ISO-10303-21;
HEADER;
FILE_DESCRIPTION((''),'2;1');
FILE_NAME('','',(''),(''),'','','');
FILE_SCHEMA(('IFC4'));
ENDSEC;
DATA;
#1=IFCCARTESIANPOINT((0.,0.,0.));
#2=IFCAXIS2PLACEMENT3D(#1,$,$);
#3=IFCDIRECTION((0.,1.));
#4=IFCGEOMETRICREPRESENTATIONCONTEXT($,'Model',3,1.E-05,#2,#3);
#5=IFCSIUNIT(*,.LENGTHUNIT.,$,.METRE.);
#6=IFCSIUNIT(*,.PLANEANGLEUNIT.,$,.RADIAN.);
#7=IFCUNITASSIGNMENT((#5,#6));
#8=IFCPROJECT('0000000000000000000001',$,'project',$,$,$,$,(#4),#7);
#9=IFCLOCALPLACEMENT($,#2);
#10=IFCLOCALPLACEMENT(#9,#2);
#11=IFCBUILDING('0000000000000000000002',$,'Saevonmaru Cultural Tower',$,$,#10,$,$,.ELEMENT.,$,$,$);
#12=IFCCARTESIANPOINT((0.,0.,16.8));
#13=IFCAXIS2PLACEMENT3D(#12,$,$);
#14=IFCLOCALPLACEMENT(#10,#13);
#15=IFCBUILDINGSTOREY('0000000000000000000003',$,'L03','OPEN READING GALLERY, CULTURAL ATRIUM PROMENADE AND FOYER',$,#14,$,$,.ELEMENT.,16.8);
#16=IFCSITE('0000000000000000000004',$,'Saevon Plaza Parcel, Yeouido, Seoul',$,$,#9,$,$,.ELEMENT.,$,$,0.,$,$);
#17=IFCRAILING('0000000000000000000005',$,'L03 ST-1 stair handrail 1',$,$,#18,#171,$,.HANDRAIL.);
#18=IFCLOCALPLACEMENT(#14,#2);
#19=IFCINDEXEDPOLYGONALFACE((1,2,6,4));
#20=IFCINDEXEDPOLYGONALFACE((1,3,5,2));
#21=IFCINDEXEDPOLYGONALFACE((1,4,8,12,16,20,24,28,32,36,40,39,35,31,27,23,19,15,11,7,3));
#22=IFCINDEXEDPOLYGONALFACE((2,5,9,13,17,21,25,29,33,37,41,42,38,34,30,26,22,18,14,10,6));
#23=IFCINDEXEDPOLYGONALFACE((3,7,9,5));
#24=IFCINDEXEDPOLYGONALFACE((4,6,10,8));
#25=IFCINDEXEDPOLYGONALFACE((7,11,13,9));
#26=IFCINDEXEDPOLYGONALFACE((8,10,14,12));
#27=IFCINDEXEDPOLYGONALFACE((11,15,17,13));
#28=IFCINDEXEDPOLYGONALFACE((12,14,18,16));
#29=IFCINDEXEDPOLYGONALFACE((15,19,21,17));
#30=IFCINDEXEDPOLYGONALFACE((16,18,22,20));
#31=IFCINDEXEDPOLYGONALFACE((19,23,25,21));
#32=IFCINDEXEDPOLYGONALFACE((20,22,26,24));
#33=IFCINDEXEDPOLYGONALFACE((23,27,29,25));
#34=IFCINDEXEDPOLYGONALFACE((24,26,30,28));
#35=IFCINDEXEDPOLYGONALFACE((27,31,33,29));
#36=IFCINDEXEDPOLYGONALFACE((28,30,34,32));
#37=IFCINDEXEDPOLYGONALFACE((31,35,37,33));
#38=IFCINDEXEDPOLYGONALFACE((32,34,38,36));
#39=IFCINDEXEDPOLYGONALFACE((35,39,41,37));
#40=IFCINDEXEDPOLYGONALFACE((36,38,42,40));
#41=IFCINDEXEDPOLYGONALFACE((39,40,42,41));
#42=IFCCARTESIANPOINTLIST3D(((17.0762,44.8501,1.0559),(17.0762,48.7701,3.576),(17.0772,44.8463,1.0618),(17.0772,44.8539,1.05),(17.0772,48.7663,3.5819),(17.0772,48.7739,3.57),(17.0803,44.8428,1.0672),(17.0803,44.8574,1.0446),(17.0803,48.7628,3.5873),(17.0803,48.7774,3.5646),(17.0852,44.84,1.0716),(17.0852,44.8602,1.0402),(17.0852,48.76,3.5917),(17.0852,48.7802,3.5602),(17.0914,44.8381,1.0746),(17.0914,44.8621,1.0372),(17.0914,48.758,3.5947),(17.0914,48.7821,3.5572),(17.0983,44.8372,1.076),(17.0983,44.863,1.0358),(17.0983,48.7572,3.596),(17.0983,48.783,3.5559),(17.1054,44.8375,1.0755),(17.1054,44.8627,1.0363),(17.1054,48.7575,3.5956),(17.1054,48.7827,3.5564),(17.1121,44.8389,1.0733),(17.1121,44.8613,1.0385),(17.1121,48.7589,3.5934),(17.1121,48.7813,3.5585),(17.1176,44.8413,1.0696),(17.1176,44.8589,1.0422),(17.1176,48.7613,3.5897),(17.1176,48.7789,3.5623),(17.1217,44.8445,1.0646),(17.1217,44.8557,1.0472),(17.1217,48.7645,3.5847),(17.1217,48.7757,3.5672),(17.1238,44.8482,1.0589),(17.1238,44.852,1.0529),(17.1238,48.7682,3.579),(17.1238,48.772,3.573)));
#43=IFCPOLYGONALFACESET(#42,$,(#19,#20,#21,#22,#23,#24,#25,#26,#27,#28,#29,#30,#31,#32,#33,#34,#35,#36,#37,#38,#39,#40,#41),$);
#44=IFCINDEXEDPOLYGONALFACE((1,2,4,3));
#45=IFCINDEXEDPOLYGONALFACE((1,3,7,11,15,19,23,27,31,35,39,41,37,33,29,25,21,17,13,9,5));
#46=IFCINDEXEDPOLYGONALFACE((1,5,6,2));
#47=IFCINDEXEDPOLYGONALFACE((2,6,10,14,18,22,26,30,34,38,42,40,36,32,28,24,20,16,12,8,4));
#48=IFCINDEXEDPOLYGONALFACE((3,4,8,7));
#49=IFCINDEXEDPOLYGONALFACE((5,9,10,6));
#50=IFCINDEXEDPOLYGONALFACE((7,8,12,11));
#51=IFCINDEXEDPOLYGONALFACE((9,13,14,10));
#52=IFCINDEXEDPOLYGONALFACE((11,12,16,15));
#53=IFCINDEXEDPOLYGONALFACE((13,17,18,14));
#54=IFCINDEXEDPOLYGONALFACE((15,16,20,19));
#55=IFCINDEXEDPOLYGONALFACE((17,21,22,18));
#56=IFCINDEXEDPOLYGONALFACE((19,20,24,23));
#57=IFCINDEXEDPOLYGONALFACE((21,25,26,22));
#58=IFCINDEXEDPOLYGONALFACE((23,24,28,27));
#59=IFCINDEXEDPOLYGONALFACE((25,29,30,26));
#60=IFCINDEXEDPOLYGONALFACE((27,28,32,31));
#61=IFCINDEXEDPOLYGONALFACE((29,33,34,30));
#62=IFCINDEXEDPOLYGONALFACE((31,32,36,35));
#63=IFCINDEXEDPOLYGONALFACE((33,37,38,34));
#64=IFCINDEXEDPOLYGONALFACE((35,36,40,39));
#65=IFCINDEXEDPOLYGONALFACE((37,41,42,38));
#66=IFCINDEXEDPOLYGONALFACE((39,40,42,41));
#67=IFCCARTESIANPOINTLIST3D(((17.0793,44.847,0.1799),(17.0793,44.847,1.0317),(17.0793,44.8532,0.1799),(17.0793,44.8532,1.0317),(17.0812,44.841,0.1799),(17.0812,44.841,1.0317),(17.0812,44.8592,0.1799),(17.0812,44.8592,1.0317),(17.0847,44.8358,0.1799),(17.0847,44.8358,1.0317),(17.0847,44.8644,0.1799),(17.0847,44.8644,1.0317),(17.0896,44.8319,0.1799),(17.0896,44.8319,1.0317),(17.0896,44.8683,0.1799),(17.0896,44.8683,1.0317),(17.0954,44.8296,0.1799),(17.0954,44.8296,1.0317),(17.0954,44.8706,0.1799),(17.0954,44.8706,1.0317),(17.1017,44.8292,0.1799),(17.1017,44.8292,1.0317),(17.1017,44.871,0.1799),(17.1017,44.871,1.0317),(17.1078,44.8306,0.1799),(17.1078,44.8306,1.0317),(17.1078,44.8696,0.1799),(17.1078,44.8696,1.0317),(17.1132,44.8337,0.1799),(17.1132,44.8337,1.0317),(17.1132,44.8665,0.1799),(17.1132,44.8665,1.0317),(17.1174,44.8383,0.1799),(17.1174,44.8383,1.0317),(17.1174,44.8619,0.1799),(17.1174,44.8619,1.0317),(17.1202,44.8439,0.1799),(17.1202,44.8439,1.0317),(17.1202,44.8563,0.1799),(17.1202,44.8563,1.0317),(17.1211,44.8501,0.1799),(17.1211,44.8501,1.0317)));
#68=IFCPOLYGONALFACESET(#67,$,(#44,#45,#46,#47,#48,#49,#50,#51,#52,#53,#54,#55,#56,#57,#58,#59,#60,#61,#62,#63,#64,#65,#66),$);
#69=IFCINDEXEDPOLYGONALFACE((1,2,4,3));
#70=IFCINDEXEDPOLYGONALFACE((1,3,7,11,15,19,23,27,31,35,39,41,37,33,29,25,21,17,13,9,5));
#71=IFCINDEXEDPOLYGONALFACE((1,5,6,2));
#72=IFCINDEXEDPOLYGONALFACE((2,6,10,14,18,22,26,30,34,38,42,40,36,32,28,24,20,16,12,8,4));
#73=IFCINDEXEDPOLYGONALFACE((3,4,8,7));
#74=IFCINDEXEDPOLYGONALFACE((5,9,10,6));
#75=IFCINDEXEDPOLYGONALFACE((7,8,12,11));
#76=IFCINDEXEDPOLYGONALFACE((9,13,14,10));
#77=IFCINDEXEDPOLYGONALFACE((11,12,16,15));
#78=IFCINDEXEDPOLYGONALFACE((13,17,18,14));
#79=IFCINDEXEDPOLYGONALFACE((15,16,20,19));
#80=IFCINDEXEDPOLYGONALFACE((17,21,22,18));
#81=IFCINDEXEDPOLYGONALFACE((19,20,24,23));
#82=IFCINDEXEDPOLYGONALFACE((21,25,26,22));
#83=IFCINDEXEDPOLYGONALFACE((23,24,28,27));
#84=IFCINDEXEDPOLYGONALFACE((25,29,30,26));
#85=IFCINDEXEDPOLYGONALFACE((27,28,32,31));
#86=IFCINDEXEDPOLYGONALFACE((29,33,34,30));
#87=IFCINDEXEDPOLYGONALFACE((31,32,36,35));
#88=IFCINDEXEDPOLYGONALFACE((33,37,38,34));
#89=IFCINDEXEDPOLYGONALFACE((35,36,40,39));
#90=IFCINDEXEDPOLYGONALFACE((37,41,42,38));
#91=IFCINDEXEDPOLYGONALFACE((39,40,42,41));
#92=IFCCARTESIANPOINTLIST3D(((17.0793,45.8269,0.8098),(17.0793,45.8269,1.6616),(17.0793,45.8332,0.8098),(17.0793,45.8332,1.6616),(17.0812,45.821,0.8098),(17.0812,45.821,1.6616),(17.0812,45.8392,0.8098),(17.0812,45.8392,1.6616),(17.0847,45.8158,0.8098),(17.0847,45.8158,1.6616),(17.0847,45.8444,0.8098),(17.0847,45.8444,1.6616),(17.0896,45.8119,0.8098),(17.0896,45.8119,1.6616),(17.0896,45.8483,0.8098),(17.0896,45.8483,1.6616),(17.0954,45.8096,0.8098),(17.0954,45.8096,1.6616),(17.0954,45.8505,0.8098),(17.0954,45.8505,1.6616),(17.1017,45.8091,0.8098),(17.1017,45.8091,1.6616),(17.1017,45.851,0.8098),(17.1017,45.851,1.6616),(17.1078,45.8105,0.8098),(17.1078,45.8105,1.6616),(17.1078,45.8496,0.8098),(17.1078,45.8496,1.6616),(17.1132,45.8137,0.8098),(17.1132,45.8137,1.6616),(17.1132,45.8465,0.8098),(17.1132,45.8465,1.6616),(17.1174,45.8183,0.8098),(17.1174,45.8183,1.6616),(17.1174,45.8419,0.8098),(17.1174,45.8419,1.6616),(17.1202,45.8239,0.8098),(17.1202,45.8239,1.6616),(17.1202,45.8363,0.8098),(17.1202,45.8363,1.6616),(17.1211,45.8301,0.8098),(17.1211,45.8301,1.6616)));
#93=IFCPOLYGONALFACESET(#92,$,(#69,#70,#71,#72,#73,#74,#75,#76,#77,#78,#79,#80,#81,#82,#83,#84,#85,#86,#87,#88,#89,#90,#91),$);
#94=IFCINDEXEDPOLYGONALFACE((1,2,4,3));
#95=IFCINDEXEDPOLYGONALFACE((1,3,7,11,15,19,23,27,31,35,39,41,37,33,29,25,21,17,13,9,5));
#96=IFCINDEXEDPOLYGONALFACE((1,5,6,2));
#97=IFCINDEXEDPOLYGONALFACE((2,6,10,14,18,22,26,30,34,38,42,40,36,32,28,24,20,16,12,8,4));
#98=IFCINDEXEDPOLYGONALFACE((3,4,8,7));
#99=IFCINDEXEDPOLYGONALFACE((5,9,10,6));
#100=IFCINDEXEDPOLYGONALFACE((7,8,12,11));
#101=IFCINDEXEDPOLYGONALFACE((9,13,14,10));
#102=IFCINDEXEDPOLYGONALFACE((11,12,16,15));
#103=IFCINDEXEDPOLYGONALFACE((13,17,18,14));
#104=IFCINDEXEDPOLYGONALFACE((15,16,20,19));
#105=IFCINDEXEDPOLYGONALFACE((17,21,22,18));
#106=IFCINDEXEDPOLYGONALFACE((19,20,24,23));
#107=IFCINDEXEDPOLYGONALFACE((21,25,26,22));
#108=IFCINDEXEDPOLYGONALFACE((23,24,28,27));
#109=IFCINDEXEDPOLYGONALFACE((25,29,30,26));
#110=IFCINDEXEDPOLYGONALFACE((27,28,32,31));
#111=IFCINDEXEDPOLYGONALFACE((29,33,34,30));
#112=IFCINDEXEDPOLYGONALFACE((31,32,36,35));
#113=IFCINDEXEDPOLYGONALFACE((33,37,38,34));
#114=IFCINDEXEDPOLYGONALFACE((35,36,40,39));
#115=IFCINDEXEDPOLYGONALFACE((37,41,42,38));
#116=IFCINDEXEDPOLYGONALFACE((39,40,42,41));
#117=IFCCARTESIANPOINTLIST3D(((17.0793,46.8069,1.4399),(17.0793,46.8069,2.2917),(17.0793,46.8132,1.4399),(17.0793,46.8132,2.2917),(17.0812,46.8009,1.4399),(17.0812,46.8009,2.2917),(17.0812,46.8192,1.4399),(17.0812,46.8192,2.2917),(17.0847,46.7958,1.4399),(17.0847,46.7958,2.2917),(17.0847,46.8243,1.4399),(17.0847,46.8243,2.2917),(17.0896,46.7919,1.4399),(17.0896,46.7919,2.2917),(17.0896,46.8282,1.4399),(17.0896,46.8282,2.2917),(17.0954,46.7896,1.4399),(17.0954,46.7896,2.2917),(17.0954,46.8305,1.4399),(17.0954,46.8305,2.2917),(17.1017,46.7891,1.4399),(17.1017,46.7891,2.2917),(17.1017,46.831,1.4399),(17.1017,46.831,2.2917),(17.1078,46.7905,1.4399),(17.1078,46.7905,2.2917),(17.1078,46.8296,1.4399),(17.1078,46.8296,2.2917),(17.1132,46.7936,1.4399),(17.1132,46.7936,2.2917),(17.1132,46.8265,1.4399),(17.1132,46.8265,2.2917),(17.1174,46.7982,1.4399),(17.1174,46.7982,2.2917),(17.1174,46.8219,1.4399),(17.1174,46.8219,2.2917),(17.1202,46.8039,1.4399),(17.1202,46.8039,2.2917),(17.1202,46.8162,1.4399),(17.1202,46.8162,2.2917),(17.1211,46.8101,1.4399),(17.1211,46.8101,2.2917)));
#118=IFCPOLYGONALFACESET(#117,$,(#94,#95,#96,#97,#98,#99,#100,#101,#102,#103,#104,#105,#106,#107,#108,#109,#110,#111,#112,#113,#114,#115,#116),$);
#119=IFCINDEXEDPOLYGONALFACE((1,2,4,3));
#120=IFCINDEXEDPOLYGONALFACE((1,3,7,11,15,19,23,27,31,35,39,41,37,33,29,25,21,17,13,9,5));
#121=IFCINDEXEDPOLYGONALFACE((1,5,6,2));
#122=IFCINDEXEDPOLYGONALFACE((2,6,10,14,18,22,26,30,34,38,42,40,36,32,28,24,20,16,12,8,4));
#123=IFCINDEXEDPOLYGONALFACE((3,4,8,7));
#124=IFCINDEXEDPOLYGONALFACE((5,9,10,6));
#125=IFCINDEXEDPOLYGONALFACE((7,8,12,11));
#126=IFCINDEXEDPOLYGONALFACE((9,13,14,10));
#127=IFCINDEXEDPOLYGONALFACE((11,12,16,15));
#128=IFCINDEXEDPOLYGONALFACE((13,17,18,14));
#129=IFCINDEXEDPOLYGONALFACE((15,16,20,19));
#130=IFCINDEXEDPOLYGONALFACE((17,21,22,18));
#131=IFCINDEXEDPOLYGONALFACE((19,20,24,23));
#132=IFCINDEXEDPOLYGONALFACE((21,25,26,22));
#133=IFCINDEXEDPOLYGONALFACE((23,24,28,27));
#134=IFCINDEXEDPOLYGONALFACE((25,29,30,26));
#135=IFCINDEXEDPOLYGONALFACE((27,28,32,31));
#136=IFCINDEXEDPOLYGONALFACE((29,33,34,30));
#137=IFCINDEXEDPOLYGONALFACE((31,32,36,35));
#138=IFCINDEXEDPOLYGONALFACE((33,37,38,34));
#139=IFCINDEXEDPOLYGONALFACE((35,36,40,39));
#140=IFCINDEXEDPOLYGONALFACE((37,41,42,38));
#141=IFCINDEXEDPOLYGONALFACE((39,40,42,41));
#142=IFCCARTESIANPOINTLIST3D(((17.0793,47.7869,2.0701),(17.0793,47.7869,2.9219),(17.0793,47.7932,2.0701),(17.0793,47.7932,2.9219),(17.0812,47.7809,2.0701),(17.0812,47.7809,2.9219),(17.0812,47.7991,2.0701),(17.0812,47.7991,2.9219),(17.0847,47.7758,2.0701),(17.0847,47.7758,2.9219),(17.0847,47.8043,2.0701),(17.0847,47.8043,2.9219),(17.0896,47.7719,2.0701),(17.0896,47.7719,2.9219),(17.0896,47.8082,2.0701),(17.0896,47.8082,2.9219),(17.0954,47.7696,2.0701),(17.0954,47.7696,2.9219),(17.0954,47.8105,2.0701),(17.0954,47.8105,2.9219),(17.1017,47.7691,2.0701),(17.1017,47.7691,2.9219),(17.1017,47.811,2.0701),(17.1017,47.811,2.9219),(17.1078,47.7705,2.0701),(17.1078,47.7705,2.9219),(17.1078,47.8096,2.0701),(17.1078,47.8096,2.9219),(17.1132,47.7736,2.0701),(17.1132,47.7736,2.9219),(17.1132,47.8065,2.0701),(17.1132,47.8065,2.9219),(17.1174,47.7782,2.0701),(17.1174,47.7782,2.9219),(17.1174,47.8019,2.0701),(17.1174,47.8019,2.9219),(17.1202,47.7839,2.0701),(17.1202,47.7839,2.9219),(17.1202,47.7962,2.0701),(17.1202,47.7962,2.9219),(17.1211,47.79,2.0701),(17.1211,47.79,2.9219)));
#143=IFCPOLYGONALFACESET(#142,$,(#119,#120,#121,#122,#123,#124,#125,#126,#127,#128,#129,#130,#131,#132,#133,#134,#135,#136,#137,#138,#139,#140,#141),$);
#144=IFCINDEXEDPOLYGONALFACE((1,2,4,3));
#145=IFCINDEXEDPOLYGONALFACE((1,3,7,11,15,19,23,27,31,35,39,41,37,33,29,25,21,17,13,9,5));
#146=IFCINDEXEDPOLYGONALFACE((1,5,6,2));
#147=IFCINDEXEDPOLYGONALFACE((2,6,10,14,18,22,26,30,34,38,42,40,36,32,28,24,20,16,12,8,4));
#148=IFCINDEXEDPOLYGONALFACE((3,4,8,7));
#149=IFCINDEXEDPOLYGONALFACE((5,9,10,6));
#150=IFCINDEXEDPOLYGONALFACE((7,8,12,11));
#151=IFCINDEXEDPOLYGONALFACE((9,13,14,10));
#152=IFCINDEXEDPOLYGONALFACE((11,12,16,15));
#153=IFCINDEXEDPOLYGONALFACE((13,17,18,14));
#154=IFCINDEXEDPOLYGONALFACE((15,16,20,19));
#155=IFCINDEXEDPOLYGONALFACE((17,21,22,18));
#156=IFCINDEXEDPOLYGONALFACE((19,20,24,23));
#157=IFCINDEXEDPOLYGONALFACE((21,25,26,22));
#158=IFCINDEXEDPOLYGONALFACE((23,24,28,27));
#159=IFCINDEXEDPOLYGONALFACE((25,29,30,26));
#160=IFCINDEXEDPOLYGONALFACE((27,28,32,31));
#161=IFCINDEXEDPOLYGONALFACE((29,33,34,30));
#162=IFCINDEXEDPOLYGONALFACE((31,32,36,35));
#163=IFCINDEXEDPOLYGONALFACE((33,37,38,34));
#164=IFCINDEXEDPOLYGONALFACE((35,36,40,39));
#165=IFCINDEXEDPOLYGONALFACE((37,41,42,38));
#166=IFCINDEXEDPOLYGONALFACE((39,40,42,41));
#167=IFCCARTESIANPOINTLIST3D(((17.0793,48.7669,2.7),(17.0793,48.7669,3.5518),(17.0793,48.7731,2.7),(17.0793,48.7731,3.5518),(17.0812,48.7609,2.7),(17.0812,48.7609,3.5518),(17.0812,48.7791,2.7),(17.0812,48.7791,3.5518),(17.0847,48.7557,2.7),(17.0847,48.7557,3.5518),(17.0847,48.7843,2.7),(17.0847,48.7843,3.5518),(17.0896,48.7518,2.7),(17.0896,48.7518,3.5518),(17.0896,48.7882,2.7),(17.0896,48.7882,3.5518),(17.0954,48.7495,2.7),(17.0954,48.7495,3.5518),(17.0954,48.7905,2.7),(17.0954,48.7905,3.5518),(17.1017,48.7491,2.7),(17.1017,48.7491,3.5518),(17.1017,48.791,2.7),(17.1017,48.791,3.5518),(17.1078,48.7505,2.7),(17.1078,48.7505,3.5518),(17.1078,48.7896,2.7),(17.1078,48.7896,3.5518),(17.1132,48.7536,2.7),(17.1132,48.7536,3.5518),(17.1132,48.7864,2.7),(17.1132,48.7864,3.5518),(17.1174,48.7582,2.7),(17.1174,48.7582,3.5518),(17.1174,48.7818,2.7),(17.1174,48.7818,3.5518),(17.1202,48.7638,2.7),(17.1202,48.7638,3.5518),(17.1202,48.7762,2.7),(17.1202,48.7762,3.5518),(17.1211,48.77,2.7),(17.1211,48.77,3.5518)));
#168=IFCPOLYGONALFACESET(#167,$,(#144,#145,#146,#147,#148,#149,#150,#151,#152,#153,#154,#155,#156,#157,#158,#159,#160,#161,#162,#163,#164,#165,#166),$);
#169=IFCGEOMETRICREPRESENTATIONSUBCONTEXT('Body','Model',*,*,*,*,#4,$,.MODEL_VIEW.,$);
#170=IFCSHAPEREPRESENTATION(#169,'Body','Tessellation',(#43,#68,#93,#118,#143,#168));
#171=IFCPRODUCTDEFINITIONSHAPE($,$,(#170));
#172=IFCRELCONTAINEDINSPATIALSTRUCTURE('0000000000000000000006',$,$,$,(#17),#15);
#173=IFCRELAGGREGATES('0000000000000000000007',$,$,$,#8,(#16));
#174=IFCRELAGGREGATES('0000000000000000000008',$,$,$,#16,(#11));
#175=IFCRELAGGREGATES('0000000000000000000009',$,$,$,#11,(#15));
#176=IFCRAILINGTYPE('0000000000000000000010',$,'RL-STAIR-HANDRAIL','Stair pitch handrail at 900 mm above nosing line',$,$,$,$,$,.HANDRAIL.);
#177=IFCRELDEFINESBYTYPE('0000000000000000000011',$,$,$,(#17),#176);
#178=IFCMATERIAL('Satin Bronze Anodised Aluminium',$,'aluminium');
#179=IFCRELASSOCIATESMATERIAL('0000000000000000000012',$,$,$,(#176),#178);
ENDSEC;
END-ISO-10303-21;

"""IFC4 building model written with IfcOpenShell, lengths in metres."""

from ifc_helpers import new_model, si_unit, direction, frame, origin, origin_2d, place, context, subcontext, project, spatial, circle, extrude, material, type_object, element, save


model = new_model("IFC4")

# Units and contexts
model_context = context("Model", 3, precision=1e-05, world=origin(), true_north=direction((0.0, 1.0)))
body_context = subcontext(model_context, "Body", "Model", "MODEL_VIEW")
ifc_project = project(units=[si_unit("LENGTHUNIT", "METRE"), si_unit("PLANEANGLEUNIT", "RADIAN")], contexts=[model_context])

# Site, building, storey
site_placement = place(None, origin())
site = spatial("IfcSite", under=ifc_project, at=site_placement, Name="Saevon Plaza Parcel, Yeouido, Seoul", CompositionType="ELEMENT", RefElevation=0.0)
building_placement = place(site_placement, origin())
building = spatial("IfcBuilding", under=site, at=building_placement, Name="Saevonmaru Cultural Tower", CompositionType="ELEMENT")
storey_placement = place(building_placement, frame((0.0, 0.0, 16.8)))
storey = spatial("IfcBuildingStorey", under=building, at=storey_placement, Name="L03", Description="OPEN READING GALLERY, CULTURAL ATRIUM PROMENADE AND FOYER", CompositionType="ELEMENT", Elevation=16.8)

# Shared definitions
ifc_material_1 = material(Name="Satin Bronze Anodised Aluminium", Category="aluminium")

# Railing
railing_type_1 = type_object("IfcRailingType", Name="RL-STAIR-HANDRAIL", Description="Stair pitch handrail at 900 mm above nosing line", PredefinedType="HANDRAIL", material=ifc_material_1)
railing_1_placement = place(storey_placement, frame((17.1001, 44.8501, 0.1799)))
element("IfcRailing", 1, at=railing_1_placement, inside=storey, type_object=railing_type_1, Name="L03 ST-1 stair handrail 1", PredefinedType="HANDRAIL", context=body_context, shape_type="SweptSolid", body=[
    extrude(circle(Radius=0.0239, at=origin_2d()), frame((0.0, 0.0, 0.876), z_axis=(0.0, 0.841172, 0.540768), x_axis=(-1.0, 0.0, 0.0)), (0.0, 0.0, 1.0), 4.6602),
    extrude(circle(Radius=0.021, at=origin_2d()), origin(), (0.0, 0.0, 1.0), 0.8518),
    extrude(circle(Radius=0.021, at=origin_2d()), frame((0.0, 0.98, 0.6299)), (0.0, 0.0, 1.0), 0.8518),
    extrude(circle(Radius=0.021, at=origin_2d()), frame((0.0, 1.96, 1.26)), (0.0, 0.0, 1.0), 0.8518),
    extrude(circle(Radius=0.021, at=origin_2d()), frame((0.0, 2.9399, 1.8901)), (0.0, 0.0, 1.0), 0.8518),
    extrude(circle(Radius=0.021, at=origin_2d()), frame((0.0, 3.9199, 2.52)), (0.0, 0.0, 1.0), 0.8518),
])

save(model, "model.ifc")
